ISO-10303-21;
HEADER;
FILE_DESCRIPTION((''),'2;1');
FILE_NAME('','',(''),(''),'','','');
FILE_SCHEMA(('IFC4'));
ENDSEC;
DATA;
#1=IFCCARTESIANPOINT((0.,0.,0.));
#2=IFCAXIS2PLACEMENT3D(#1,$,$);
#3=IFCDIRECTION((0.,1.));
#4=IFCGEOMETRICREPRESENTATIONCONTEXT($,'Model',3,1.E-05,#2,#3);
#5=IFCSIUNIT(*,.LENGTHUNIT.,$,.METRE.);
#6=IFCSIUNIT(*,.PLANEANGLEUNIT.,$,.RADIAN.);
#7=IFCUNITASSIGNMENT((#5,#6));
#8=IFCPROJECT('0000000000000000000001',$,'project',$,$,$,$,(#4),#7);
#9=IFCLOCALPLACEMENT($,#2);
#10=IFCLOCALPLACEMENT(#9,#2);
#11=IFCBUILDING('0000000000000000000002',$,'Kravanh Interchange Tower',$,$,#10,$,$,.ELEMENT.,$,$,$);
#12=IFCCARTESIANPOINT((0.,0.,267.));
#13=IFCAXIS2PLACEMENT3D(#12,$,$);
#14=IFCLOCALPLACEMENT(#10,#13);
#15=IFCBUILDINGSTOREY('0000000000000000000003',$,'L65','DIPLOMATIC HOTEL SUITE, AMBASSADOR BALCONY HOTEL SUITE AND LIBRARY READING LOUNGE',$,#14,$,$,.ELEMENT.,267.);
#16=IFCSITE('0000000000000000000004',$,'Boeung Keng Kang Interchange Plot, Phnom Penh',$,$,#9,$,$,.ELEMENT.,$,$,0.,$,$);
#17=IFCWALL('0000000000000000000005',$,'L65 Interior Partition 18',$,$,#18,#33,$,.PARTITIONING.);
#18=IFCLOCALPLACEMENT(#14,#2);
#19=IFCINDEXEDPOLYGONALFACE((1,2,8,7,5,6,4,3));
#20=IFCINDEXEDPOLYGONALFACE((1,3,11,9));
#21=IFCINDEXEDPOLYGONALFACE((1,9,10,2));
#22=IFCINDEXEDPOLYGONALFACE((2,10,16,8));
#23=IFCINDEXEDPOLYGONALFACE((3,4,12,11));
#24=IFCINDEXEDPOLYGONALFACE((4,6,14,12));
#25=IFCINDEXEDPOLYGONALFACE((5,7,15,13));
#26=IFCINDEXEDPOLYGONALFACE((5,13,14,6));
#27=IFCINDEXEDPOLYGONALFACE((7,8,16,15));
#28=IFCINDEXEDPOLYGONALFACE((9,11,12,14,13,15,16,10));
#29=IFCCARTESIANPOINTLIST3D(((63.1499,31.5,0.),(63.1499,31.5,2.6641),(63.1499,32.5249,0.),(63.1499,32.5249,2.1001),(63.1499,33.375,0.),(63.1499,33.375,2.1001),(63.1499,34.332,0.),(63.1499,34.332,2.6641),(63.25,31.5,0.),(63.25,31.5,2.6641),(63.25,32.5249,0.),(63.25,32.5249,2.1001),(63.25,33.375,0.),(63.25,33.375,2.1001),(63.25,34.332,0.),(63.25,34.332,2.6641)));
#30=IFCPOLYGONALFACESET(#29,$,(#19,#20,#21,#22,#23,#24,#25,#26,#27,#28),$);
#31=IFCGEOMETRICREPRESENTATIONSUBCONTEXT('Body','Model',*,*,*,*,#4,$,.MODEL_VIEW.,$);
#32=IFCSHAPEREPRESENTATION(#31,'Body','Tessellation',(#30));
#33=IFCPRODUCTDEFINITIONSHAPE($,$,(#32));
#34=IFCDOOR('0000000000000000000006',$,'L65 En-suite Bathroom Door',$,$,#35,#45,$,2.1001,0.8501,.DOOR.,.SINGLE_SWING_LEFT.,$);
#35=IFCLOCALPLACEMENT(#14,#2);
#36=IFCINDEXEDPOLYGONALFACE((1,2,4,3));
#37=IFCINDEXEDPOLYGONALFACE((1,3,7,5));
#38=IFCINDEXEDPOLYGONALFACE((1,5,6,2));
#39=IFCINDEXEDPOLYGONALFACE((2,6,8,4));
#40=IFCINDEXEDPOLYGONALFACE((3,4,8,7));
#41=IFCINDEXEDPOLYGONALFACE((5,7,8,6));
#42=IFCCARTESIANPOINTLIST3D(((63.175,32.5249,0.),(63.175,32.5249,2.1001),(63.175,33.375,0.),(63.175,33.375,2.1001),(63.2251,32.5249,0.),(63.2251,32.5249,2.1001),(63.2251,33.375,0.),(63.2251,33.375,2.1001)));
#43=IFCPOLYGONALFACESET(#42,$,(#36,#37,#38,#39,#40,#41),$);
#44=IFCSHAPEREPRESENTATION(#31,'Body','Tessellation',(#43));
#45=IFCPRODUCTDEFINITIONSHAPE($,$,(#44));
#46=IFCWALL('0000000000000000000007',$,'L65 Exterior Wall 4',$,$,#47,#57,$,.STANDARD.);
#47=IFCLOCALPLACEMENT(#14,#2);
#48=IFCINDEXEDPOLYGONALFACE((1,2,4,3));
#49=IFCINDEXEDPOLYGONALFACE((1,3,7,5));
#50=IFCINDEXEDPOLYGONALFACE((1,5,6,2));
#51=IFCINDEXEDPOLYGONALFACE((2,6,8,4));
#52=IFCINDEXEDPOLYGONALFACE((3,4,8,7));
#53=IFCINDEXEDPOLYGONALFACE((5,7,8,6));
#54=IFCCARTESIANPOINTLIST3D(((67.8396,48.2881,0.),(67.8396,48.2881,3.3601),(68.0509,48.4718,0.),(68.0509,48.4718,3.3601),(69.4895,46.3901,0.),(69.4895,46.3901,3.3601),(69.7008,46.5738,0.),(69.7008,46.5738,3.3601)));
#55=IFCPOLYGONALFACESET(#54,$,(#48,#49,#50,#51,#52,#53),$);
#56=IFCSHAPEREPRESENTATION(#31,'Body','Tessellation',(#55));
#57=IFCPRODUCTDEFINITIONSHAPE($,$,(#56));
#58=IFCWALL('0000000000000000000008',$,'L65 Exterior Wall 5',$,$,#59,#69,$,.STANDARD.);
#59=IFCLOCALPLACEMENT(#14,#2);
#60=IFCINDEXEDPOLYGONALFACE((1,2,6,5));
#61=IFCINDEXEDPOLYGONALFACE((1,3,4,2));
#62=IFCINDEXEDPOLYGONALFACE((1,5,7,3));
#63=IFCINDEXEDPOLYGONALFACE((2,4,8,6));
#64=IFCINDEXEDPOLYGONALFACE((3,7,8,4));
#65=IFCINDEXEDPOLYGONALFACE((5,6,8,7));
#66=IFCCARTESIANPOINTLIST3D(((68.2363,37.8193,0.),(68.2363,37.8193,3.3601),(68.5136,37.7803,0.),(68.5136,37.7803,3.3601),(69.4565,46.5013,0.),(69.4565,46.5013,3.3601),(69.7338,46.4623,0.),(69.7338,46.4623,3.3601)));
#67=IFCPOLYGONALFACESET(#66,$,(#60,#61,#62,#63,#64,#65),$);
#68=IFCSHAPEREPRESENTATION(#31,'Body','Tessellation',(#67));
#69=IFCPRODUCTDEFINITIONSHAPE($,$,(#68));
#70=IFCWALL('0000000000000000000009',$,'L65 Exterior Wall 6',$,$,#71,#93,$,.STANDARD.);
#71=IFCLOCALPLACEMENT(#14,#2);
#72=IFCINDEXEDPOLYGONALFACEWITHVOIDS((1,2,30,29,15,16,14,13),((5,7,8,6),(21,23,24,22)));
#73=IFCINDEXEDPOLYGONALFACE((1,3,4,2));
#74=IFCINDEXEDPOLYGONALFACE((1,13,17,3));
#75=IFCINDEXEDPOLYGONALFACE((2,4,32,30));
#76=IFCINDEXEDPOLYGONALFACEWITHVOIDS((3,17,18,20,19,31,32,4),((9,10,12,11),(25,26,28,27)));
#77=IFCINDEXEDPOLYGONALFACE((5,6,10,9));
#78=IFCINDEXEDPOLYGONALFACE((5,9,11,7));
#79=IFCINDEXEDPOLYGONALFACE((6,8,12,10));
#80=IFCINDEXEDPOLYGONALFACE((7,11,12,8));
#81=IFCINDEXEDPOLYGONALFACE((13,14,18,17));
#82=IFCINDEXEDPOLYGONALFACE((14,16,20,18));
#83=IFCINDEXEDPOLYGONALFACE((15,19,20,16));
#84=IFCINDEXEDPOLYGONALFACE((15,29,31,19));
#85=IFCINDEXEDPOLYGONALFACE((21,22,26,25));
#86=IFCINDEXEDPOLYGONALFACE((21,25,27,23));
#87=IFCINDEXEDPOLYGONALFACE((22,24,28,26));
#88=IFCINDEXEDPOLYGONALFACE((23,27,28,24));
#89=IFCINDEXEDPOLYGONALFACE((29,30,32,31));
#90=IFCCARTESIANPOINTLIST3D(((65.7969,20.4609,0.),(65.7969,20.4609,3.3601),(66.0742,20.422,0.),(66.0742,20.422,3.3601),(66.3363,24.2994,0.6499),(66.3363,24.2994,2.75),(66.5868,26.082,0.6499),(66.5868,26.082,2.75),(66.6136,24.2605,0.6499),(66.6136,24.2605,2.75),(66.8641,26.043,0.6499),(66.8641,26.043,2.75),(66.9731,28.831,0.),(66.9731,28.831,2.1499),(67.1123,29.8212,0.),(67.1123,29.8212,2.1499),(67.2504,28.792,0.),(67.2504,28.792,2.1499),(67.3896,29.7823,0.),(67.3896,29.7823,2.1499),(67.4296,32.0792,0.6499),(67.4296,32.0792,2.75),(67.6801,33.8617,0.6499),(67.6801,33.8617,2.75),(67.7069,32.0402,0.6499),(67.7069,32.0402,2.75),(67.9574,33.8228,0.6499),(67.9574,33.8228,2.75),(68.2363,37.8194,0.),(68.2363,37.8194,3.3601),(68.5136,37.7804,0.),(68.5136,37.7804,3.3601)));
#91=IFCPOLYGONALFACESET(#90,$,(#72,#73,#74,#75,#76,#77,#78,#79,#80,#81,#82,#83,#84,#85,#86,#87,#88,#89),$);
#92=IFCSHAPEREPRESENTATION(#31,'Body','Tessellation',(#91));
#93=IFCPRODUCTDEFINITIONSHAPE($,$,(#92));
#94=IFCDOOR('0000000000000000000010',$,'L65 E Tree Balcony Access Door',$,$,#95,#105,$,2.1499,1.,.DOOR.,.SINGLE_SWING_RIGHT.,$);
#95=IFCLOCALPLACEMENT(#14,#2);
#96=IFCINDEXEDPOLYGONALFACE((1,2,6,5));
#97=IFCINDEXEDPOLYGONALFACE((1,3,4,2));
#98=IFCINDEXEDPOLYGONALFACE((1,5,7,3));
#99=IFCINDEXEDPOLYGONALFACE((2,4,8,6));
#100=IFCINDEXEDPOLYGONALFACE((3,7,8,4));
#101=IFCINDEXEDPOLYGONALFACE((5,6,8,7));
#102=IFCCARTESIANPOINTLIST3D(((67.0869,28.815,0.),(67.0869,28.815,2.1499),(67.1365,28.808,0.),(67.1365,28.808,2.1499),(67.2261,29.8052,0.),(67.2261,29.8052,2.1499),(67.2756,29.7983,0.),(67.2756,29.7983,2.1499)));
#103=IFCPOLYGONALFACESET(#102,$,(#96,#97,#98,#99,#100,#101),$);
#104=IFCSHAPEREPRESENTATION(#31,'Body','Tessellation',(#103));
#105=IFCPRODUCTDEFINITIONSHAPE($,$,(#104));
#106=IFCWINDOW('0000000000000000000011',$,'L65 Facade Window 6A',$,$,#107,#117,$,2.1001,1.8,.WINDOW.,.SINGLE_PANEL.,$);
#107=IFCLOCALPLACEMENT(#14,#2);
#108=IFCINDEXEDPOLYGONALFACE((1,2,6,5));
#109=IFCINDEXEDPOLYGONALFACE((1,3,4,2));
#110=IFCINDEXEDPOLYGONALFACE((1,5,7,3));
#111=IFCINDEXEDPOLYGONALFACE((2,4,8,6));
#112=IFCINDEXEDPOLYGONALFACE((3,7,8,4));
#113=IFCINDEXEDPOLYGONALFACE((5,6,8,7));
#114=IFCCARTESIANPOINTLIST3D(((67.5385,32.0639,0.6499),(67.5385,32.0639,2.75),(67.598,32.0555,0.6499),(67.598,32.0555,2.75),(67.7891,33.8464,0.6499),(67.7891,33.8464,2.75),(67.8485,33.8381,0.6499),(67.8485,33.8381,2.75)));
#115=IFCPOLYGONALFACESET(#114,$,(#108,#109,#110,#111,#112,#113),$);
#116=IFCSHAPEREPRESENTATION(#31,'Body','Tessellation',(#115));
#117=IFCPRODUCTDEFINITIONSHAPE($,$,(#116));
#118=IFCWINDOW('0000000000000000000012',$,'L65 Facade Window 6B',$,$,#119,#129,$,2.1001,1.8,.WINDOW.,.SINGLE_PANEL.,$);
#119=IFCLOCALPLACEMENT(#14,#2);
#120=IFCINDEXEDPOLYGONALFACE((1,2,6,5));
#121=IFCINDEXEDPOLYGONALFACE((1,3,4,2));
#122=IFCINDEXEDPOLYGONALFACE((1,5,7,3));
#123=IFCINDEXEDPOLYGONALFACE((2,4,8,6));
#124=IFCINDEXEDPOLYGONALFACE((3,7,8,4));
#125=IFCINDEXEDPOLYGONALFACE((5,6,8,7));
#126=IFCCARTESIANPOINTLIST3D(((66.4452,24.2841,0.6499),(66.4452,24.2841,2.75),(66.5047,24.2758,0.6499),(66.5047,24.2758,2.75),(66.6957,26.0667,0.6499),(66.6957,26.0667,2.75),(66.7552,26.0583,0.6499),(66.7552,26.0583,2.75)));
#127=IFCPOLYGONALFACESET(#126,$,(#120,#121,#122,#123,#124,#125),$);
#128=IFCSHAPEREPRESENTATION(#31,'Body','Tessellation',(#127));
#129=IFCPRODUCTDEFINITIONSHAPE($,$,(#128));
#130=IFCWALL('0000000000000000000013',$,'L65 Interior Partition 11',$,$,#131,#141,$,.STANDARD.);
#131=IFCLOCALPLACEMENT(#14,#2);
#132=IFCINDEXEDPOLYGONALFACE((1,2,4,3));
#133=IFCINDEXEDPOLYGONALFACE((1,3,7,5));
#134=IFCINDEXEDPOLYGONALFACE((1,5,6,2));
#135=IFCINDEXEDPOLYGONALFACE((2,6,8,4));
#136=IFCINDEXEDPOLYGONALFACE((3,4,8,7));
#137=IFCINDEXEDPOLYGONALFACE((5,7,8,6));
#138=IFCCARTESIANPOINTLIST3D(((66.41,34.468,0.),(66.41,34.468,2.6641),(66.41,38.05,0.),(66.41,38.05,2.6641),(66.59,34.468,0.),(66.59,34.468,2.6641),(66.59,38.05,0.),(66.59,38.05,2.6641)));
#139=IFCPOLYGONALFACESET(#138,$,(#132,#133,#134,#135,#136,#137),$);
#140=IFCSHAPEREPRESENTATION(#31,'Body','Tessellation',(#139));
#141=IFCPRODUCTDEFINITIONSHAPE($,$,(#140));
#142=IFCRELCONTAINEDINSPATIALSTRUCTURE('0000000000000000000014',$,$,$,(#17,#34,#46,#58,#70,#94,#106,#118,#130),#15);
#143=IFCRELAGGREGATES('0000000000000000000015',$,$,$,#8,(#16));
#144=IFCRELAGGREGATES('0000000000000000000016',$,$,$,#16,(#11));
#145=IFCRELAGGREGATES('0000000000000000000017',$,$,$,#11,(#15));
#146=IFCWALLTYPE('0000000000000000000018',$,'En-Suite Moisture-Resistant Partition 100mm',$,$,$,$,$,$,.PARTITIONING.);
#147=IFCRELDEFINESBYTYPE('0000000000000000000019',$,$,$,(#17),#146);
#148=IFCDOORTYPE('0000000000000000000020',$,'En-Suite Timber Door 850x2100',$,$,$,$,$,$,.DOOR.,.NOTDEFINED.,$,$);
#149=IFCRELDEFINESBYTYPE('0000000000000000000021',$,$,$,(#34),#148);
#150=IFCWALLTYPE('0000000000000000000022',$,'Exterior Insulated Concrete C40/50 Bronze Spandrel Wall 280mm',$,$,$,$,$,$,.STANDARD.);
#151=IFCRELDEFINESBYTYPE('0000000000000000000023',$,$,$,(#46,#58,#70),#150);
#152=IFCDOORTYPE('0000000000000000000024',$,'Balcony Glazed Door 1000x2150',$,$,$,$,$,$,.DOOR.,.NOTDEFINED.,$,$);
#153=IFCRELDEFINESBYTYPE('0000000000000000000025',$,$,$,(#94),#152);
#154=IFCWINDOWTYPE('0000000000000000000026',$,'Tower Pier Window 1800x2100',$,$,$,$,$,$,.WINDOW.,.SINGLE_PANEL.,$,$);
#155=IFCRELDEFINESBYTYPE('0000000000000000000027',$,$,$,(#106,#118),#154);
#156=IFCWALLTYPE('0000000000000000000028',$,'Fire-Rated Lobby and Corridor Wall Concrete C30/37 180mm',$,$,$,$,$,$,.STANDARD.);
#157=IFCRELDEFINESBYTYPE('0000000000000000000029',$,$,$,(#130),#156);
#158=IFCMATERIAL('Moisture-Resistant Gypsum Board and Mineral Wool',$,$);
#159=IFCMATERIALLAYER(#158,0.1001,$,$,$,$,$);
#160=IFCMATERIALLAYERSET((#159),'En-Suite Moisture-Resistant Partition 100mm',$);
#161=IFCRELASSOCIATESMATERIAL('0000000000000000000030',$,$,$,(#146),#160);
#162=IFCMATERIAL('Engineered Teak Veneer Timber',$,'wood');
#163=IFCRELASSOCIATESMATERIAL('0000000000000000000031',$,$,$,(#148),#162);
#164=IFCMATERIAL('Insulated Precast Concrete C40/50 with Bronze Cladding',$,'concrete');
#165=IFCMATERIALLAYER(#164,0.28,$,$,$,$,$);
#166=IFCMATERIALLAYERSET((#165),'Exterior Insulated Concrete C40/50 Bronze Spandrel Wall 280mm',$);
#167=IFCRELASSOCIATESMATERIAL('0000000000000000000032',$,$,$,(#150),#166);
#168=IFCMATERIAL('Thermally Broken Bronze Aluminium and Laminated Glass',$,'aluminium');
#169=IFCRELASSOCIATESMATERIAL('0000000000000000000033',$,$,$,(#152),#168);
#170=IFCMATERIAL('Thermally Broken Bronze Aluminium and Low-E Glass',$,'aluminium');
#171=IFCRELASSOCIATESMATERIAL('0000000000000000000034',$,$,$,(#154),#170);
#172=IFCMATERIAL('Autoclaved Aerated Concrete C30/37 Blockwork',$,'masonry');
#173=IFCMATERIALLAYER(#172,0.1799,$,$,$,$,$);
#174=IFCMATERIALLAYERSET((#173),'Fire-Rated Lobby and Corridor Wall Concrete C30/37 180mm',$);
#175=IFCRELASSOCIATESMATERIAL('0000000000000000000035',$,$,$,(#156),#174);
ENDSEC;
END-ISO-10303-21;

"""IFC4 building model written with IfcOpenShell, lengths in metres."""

from ifc_helpers import new_model, si_unit, direction, frame, frame_2d, origin, place, context, subcontext, project, spatial, rectangle, extrude, material, layer, layer_set, type_object, element, fill, save


model = new_model("IFC4")

# Units and contexts
model_context = context("Model", 3, precision=1e-05, world=origin(), true_north=direction((0.0, 1.0)))
body_context = subcontext(model_context, "Body", "Model", "MODEL_VIEW")
ifc_project = project(units=[si_unit("LENGTHUNIT", "METRE"), si_unit("PLANEANGLEUNIT", "RADIAN")], contexts=[model_context])

# Site, building, storey
site_placement = place(None, origin())
site = spatial("IfcSite", under=ifc_project, at=site_placement, Name="Boeung Keng Kang Interchange Plot, Phnom Penh", CompositionType="ELEMENT", RefElevation=0.0)
building_placement = place(site_placement, origin())
building = spatial("IfcBuilding", under=site, at=building_placement, Name="Kravanh Interchange Tower", CompositionType="ELEMENT")
storey_placement = place(building_placement, frame((0.0, 0.0, 267.0)))
storey = spatial("IfcBuildingStorey", under=building, at=storey_placement, Name="L65", Description="DIPLOMATIC HOTEL SUITE, AMBASSADOR BALCONY HOTEL SUITE AND LIBRARY READING LOUNGE", CompositionType="ELEMENT", Elevation=267.0)

# Shared definitions
ifc_material_1 = material(Name="Moisture-Resistant Gypsum Board and Mineral Wool")
ifc_layer_1 = layer(ifc_material_1, 0.1001)
ifc_layer_set_1 = layer_set([ifc_layer_1], Name="En-Suite Moisture-Resistant Partition 100mm")
wall_type_1 = type_object("IfcWallType", Name="En-Suite Moisture-Resistant Partition 100mm", PredefinedType="PARTITIONING", material=ifc_layer_set_1)

# Wall, opening, door
wall_1_placement = place(storey_placement, frame((63.2, 31.5, 0.0), z_axis=(0.0, 0.0, 1.0), x_axis=(0.0, 1.0, 0.0)))
wall_1 = element("IfcWall", 1, at=wall_1_placement, inside=storey, type_object=wall_type_1, Name="L65 Interior Partition 18", PredefinedType="PARTITIONING", context=body_context, shape_type="SweptSolid", body=[
    extrude(rectangle(XDim=2.832, YDim=0.1001, at=frame_2d((1.416, 0.0))), origin(), (0.0, 0.0, 1.0), 2.6641),
])
opening_1_placement = place(wall_1_placement, frame((1.0249, 0.0, 0.0)))
opening_1 = element("IfcOpeningElement", 2, at=opening_1_placement, cuts=wall_1, PredefinedType="OPENING", context=body_context, shape_type="SweptSolid", body=[
    extrude(rectangle(XDim=0.8501, YDim=2.1001, at=frame_2d((0.425, 1.05))), frame((0.0, 0.0601, 0.0), z_axis=(0.0, -1.0, 0.0), x_axis=(1.0, 0.0, 0.0)), (0.0, 0.0, 1.0), 0.1201),
])
ifc_material_2 = material(Name="Engineered Teak Veneer Timber", Category="wood")
door_type_1 = type_object("IfcDoorType", Name="En-Suite Timber Door 850x2100", OperationType="NOTDEFINED", PredefinedType="DOOR", material=ifc_material_2)
door_1_placement = place(opening_1_placement, origin())
door_1 = element("IfcDoor", 3, at=door_1_placement, inside=storey, type_object=door_type_1, Name="L65 En-suite Bathroom Door", OperationType="SINGLE_SWING_LEFT", OverallHeight=2.1001, OverallWidth=0.8501, PredefinedType="DOOR", context=body_context, shape_type="SweptSolid", body=[
    extrude(rectangle(XDim=0.8501, YDim=2.1001, at=frame_2d((0.425, 1.05))), frame((0.0, 0.0249, 0.0), z_axis=(0.0, -1.0, 0.0), x_axis=(1.0, 0.0, 0.0)), (0.0, 0.0, 1.0), 0.05),
])
fill(opening_1, door_1)

# Walls
ifc_material_3 = material(Name="Insulated Precast Concrete C40/50 with Bronze Cladding", Category="concrete")
ifc_layer_2 = layer(ifc_material_3, 0.28)
ifc_layer_set_2 = layer_set([ifc_layer_2], Name="Exterior Insulated Concrete C40/50 Bronze Spandrel Wall 280mm")
wall_type_2 = type_object("IfcWallType", Name="Exterior Insulated Concrete C40/50 Bronze Spandrel Wall 280mm", PredefinedType="STANDARD", material=ifc_layer_set_2)
wall_2_placement = place(storey_placement, frame((67.9453, 48.3799, 0.0), z_axis=(0.0, 0.0, 1.0), x_axis=(0.656068, -0.754702, 0.0)))
element("IfcWall", 4, at=wall_2_placement, inside=storey, type_object=wall_type_2, Name="L65 Exterior Wall 4", PredefinedType="STANDARD", context=body_context, shape_type="SweptSolid", body=[
    extrude(rectangle(XDim=2.5149, YDim=0.28, at=frame_2d((1.2573, 0.0))), origin(), (0.0, 0.0, 1.0), 3.3601),
])
wall_3_placement = place(storey_placement, frame((69.5952, 46.4819, 0.0), z_axis=(0.0, 0.0, 1.0), x_axis=(-0.139179, -0.990267, 0.0)))
element("IfcWall", 5, at=wall_3_placement, inside=storey, type_object=wall_type_2, Name="L65 Exterior Wall 5", PredefinedType="STANDARD", context=body_context, shape_type="SweptSolid", body=[
    extrude(rectangle(XDim=8.7673, YDim=0.28, at=frame_2d((4.3838, 0.0))), origin(), (0.0, 0.0, 1.0), 3.3601),
])

# Wall, openings, door, windows
wall_4_placement = place(storey_placement, frame((68.375, 37.8, 0.0), z_axis=(0.0, 0.0, 1.0), x_axis=(-0.139167, -0.990269, 0.0)))
wall_4 = element("IfcWall", 6, at=wall_4_placement, inside=storey, type_object=wall_type_2, Name="L65 Exterior Wall 6", PredefinedType="STANDARD", context=body_context, shape_type="SweptSolid", body=[
    extrude(rectangle(XDim=17.5291, YDim=0.28, at=frame_2d((8.7646, 0.0))), origin(), (0.0, 0.0, 1.0), 3.3601),
])
opening_2_placement = place(wall_4_placement, frame((8.0769, 0.0, 0.0)))
opening_2 = element("IfcOpeningElement", 7, at=opening_2_placement, cuts=wall_4, PredefinedType="OPENING", context=body_context, shape_type="SweptSolid", body=[
    extrude(rectangle(XDim=1.0, YDim=2.1499, at=frame_2d((0.5, 1.075))), frame((0.0, 0.1499, 0.0), z_axis=(0.0, -1.0, 0.0), x_axis=(1.0, 0.0, 0.0)), (0.0, 0.0, 1.0), 0.3),
])
opening_3_placement = place(wall_4_placement, frame((3.9968, 0.0, 0.6499)))
opening_3 = element("IfcOpeningElement", 8, at=opening_3_placement, cuts=wall_4, PredefinedType="OPENING", context=body_context, shape_type="SweptSolid", body=[
    extrude(rectangle(XDim=1.8, YDim=2.1001, at=frame_2d((0.8999, 1.05))), frame((0.0, 0.1499, 0.0), z_axis=(0.0, -1.0, 0.0), x_axis=(1.0, 0.0, 0.0)), (0.0, 0.0, 1.0), 0.3),
])
opening_4_placement = place(wall_4_placement, frame((11.853, 0.0, 0.6499)))
opening_4 = element("IfcOpeningElement", 9, at=opening_4_placement, cuts=wall_4, PredefinedType="OPENING", context=body_context, shape_type="SweptSolid", body=[
    extrude(rectangle(XDim=1.8, YDim=2.1001, at=frame_2d((0.8999, 1.05))), frame((0.0, 0.1499, 0.0), z_axis=(0.0, -1.0, 0.0), x_axis=(1.0, 0.0, 0.0)), (0.0, 0.0, 1.0), 0.3),
])
ifc_material_4 = material(Name="Thermally Broken Bronze Aluminium and Laminated Glass", Category="aluminium")
door_type_2 = type_object("IfcDoorType", Name="Balcony Glazed Door 1000x2150", OperationType="NOTDEFINED", PredefinedType="DOOR", material=ifc_material_4)
door_2_placement = place(opening_2_placement, origin())
door_2 = element("IfcDoor", 10, at=door_2_placement, inside=storey, type_object=door_type_2, Name="L65 E Tree Balcony Access Door", OperationType="SINGLE_SWING_RIGHT", OverallHeight=2.1499, OverallWidth=1.0, PredefinedType="DOOR", context=body_context, shape_type="SweptSolid", body=[
    extrude(rectangle(XDim=1.0, YDim=2.1499, at=frame_2d((0.5, 1.075))), frame((0.0, 0.0249, 0.0), z_axis=(0.0, -1.0, 0.0), x_axis=(1.0, 0.0, 0.0)), (0.0, 0.0, 1.0), 0.05),
])
fill(opening_2, door_2)
ifc_material_5 = material(Name="Thermally Broken Bronze Aluminium and Low-E Glass", Category="aluminium")
window_type = type_object("IfcWindowType", Name="Tower Pier Window 1800x2100", PartitioningType="SINGLE_PANEL", PredefinedType="WINDOW", material=ifc_material_5)
window_1_placement = place(opening_3_placement, origin())
window_1 = element("IfcWindow", 11, at=window_1_placement, inside=storey, type_object=window_type, Name="L65 Facade Window 6A", OverallHeight=2.1001, OverallWidth=1.8, PartitioningType="SINGLE_PANEL", PredefinedType="WINDOW", context=body_context, shape_type="SweptSolid", body=[
    extrude(rectangle(XDim=1.8, YDim=2.1001, at=frame_2d((0.8999, 1.05))), frame((0.0, 0.03, 0.0), z_axis=(0.0, -1.0, 0.0), x_axis=(1.0, 0.0, 0.0)), (0.0, 0.0, 1.0), 0.0601),
])
fill(opening_3, window_1)
window_2_placement = place(opening_4_placement, origin())
window_2 = element("IfcWindow", 12, at=window_2_placement, inside=storey, type_object=window_type, Name="L65 Facade Window 6B", OverallHeight=2.1001, OverallWidth=1.8, PartitioningType="SINGLE_PANEL", PredefinedType="WINDOW", context=body_context, shape_type="SweptSolid", body=[
    extrude(rectangle(XDim=1.8, YDim=2.1001, at=frame_2d((0.8999, 1.05))), frame((0.0, 0.03, 0.0), z_axis=(0.0, -1.0, 0.0), x_axis=(1.0, 0.0, 0.0)), (0.0, 0.0, 1.0), 0.0601),
])
fill(opening_4, window_2)

# Wall
ifc_material_6 = material(Name="Autoclaved Aerated Concrete C30/37 Blockwork", Category="masonry")
ifc_layer_3 = layer(ifc_material_6, 0.1799)
ifc_layer_set_3 = layer_set([ifc_layer_3], Name="Fire-Rated Lobby and Corridor Wall Concrete C30/37 180mm")
wall_type_3 = type_object("IfcWallType", Name="Fire-Rated Lobby and Corridor Wall Concrete C30/37 180mm", PredefinedType="STANDARD", material=ifc_layer_set_3)
wall_5_placement = place(storey_placement, frame((66.5, 34.468, 0.0), z_axis=(0.0, 0.0, 1.0), x_axis=(0.0, 1.0, 0.0)))
element("IfcWall", 13, at=wall_5_placement, inside=storey, type_object=wall_type_3, Name="L65 Interior Partition 11", PredefinedType="STANDARD", context=body_context, shape_type="SweptSolid", body=[
    extrude(rectangle(XDim=3.582, YDim=0.1799, at=frame_2d((1.791, 0.0))), origin(), (0.0, 0.0, 1.0), 2.6641),
])

save(model, "model.ifc")
